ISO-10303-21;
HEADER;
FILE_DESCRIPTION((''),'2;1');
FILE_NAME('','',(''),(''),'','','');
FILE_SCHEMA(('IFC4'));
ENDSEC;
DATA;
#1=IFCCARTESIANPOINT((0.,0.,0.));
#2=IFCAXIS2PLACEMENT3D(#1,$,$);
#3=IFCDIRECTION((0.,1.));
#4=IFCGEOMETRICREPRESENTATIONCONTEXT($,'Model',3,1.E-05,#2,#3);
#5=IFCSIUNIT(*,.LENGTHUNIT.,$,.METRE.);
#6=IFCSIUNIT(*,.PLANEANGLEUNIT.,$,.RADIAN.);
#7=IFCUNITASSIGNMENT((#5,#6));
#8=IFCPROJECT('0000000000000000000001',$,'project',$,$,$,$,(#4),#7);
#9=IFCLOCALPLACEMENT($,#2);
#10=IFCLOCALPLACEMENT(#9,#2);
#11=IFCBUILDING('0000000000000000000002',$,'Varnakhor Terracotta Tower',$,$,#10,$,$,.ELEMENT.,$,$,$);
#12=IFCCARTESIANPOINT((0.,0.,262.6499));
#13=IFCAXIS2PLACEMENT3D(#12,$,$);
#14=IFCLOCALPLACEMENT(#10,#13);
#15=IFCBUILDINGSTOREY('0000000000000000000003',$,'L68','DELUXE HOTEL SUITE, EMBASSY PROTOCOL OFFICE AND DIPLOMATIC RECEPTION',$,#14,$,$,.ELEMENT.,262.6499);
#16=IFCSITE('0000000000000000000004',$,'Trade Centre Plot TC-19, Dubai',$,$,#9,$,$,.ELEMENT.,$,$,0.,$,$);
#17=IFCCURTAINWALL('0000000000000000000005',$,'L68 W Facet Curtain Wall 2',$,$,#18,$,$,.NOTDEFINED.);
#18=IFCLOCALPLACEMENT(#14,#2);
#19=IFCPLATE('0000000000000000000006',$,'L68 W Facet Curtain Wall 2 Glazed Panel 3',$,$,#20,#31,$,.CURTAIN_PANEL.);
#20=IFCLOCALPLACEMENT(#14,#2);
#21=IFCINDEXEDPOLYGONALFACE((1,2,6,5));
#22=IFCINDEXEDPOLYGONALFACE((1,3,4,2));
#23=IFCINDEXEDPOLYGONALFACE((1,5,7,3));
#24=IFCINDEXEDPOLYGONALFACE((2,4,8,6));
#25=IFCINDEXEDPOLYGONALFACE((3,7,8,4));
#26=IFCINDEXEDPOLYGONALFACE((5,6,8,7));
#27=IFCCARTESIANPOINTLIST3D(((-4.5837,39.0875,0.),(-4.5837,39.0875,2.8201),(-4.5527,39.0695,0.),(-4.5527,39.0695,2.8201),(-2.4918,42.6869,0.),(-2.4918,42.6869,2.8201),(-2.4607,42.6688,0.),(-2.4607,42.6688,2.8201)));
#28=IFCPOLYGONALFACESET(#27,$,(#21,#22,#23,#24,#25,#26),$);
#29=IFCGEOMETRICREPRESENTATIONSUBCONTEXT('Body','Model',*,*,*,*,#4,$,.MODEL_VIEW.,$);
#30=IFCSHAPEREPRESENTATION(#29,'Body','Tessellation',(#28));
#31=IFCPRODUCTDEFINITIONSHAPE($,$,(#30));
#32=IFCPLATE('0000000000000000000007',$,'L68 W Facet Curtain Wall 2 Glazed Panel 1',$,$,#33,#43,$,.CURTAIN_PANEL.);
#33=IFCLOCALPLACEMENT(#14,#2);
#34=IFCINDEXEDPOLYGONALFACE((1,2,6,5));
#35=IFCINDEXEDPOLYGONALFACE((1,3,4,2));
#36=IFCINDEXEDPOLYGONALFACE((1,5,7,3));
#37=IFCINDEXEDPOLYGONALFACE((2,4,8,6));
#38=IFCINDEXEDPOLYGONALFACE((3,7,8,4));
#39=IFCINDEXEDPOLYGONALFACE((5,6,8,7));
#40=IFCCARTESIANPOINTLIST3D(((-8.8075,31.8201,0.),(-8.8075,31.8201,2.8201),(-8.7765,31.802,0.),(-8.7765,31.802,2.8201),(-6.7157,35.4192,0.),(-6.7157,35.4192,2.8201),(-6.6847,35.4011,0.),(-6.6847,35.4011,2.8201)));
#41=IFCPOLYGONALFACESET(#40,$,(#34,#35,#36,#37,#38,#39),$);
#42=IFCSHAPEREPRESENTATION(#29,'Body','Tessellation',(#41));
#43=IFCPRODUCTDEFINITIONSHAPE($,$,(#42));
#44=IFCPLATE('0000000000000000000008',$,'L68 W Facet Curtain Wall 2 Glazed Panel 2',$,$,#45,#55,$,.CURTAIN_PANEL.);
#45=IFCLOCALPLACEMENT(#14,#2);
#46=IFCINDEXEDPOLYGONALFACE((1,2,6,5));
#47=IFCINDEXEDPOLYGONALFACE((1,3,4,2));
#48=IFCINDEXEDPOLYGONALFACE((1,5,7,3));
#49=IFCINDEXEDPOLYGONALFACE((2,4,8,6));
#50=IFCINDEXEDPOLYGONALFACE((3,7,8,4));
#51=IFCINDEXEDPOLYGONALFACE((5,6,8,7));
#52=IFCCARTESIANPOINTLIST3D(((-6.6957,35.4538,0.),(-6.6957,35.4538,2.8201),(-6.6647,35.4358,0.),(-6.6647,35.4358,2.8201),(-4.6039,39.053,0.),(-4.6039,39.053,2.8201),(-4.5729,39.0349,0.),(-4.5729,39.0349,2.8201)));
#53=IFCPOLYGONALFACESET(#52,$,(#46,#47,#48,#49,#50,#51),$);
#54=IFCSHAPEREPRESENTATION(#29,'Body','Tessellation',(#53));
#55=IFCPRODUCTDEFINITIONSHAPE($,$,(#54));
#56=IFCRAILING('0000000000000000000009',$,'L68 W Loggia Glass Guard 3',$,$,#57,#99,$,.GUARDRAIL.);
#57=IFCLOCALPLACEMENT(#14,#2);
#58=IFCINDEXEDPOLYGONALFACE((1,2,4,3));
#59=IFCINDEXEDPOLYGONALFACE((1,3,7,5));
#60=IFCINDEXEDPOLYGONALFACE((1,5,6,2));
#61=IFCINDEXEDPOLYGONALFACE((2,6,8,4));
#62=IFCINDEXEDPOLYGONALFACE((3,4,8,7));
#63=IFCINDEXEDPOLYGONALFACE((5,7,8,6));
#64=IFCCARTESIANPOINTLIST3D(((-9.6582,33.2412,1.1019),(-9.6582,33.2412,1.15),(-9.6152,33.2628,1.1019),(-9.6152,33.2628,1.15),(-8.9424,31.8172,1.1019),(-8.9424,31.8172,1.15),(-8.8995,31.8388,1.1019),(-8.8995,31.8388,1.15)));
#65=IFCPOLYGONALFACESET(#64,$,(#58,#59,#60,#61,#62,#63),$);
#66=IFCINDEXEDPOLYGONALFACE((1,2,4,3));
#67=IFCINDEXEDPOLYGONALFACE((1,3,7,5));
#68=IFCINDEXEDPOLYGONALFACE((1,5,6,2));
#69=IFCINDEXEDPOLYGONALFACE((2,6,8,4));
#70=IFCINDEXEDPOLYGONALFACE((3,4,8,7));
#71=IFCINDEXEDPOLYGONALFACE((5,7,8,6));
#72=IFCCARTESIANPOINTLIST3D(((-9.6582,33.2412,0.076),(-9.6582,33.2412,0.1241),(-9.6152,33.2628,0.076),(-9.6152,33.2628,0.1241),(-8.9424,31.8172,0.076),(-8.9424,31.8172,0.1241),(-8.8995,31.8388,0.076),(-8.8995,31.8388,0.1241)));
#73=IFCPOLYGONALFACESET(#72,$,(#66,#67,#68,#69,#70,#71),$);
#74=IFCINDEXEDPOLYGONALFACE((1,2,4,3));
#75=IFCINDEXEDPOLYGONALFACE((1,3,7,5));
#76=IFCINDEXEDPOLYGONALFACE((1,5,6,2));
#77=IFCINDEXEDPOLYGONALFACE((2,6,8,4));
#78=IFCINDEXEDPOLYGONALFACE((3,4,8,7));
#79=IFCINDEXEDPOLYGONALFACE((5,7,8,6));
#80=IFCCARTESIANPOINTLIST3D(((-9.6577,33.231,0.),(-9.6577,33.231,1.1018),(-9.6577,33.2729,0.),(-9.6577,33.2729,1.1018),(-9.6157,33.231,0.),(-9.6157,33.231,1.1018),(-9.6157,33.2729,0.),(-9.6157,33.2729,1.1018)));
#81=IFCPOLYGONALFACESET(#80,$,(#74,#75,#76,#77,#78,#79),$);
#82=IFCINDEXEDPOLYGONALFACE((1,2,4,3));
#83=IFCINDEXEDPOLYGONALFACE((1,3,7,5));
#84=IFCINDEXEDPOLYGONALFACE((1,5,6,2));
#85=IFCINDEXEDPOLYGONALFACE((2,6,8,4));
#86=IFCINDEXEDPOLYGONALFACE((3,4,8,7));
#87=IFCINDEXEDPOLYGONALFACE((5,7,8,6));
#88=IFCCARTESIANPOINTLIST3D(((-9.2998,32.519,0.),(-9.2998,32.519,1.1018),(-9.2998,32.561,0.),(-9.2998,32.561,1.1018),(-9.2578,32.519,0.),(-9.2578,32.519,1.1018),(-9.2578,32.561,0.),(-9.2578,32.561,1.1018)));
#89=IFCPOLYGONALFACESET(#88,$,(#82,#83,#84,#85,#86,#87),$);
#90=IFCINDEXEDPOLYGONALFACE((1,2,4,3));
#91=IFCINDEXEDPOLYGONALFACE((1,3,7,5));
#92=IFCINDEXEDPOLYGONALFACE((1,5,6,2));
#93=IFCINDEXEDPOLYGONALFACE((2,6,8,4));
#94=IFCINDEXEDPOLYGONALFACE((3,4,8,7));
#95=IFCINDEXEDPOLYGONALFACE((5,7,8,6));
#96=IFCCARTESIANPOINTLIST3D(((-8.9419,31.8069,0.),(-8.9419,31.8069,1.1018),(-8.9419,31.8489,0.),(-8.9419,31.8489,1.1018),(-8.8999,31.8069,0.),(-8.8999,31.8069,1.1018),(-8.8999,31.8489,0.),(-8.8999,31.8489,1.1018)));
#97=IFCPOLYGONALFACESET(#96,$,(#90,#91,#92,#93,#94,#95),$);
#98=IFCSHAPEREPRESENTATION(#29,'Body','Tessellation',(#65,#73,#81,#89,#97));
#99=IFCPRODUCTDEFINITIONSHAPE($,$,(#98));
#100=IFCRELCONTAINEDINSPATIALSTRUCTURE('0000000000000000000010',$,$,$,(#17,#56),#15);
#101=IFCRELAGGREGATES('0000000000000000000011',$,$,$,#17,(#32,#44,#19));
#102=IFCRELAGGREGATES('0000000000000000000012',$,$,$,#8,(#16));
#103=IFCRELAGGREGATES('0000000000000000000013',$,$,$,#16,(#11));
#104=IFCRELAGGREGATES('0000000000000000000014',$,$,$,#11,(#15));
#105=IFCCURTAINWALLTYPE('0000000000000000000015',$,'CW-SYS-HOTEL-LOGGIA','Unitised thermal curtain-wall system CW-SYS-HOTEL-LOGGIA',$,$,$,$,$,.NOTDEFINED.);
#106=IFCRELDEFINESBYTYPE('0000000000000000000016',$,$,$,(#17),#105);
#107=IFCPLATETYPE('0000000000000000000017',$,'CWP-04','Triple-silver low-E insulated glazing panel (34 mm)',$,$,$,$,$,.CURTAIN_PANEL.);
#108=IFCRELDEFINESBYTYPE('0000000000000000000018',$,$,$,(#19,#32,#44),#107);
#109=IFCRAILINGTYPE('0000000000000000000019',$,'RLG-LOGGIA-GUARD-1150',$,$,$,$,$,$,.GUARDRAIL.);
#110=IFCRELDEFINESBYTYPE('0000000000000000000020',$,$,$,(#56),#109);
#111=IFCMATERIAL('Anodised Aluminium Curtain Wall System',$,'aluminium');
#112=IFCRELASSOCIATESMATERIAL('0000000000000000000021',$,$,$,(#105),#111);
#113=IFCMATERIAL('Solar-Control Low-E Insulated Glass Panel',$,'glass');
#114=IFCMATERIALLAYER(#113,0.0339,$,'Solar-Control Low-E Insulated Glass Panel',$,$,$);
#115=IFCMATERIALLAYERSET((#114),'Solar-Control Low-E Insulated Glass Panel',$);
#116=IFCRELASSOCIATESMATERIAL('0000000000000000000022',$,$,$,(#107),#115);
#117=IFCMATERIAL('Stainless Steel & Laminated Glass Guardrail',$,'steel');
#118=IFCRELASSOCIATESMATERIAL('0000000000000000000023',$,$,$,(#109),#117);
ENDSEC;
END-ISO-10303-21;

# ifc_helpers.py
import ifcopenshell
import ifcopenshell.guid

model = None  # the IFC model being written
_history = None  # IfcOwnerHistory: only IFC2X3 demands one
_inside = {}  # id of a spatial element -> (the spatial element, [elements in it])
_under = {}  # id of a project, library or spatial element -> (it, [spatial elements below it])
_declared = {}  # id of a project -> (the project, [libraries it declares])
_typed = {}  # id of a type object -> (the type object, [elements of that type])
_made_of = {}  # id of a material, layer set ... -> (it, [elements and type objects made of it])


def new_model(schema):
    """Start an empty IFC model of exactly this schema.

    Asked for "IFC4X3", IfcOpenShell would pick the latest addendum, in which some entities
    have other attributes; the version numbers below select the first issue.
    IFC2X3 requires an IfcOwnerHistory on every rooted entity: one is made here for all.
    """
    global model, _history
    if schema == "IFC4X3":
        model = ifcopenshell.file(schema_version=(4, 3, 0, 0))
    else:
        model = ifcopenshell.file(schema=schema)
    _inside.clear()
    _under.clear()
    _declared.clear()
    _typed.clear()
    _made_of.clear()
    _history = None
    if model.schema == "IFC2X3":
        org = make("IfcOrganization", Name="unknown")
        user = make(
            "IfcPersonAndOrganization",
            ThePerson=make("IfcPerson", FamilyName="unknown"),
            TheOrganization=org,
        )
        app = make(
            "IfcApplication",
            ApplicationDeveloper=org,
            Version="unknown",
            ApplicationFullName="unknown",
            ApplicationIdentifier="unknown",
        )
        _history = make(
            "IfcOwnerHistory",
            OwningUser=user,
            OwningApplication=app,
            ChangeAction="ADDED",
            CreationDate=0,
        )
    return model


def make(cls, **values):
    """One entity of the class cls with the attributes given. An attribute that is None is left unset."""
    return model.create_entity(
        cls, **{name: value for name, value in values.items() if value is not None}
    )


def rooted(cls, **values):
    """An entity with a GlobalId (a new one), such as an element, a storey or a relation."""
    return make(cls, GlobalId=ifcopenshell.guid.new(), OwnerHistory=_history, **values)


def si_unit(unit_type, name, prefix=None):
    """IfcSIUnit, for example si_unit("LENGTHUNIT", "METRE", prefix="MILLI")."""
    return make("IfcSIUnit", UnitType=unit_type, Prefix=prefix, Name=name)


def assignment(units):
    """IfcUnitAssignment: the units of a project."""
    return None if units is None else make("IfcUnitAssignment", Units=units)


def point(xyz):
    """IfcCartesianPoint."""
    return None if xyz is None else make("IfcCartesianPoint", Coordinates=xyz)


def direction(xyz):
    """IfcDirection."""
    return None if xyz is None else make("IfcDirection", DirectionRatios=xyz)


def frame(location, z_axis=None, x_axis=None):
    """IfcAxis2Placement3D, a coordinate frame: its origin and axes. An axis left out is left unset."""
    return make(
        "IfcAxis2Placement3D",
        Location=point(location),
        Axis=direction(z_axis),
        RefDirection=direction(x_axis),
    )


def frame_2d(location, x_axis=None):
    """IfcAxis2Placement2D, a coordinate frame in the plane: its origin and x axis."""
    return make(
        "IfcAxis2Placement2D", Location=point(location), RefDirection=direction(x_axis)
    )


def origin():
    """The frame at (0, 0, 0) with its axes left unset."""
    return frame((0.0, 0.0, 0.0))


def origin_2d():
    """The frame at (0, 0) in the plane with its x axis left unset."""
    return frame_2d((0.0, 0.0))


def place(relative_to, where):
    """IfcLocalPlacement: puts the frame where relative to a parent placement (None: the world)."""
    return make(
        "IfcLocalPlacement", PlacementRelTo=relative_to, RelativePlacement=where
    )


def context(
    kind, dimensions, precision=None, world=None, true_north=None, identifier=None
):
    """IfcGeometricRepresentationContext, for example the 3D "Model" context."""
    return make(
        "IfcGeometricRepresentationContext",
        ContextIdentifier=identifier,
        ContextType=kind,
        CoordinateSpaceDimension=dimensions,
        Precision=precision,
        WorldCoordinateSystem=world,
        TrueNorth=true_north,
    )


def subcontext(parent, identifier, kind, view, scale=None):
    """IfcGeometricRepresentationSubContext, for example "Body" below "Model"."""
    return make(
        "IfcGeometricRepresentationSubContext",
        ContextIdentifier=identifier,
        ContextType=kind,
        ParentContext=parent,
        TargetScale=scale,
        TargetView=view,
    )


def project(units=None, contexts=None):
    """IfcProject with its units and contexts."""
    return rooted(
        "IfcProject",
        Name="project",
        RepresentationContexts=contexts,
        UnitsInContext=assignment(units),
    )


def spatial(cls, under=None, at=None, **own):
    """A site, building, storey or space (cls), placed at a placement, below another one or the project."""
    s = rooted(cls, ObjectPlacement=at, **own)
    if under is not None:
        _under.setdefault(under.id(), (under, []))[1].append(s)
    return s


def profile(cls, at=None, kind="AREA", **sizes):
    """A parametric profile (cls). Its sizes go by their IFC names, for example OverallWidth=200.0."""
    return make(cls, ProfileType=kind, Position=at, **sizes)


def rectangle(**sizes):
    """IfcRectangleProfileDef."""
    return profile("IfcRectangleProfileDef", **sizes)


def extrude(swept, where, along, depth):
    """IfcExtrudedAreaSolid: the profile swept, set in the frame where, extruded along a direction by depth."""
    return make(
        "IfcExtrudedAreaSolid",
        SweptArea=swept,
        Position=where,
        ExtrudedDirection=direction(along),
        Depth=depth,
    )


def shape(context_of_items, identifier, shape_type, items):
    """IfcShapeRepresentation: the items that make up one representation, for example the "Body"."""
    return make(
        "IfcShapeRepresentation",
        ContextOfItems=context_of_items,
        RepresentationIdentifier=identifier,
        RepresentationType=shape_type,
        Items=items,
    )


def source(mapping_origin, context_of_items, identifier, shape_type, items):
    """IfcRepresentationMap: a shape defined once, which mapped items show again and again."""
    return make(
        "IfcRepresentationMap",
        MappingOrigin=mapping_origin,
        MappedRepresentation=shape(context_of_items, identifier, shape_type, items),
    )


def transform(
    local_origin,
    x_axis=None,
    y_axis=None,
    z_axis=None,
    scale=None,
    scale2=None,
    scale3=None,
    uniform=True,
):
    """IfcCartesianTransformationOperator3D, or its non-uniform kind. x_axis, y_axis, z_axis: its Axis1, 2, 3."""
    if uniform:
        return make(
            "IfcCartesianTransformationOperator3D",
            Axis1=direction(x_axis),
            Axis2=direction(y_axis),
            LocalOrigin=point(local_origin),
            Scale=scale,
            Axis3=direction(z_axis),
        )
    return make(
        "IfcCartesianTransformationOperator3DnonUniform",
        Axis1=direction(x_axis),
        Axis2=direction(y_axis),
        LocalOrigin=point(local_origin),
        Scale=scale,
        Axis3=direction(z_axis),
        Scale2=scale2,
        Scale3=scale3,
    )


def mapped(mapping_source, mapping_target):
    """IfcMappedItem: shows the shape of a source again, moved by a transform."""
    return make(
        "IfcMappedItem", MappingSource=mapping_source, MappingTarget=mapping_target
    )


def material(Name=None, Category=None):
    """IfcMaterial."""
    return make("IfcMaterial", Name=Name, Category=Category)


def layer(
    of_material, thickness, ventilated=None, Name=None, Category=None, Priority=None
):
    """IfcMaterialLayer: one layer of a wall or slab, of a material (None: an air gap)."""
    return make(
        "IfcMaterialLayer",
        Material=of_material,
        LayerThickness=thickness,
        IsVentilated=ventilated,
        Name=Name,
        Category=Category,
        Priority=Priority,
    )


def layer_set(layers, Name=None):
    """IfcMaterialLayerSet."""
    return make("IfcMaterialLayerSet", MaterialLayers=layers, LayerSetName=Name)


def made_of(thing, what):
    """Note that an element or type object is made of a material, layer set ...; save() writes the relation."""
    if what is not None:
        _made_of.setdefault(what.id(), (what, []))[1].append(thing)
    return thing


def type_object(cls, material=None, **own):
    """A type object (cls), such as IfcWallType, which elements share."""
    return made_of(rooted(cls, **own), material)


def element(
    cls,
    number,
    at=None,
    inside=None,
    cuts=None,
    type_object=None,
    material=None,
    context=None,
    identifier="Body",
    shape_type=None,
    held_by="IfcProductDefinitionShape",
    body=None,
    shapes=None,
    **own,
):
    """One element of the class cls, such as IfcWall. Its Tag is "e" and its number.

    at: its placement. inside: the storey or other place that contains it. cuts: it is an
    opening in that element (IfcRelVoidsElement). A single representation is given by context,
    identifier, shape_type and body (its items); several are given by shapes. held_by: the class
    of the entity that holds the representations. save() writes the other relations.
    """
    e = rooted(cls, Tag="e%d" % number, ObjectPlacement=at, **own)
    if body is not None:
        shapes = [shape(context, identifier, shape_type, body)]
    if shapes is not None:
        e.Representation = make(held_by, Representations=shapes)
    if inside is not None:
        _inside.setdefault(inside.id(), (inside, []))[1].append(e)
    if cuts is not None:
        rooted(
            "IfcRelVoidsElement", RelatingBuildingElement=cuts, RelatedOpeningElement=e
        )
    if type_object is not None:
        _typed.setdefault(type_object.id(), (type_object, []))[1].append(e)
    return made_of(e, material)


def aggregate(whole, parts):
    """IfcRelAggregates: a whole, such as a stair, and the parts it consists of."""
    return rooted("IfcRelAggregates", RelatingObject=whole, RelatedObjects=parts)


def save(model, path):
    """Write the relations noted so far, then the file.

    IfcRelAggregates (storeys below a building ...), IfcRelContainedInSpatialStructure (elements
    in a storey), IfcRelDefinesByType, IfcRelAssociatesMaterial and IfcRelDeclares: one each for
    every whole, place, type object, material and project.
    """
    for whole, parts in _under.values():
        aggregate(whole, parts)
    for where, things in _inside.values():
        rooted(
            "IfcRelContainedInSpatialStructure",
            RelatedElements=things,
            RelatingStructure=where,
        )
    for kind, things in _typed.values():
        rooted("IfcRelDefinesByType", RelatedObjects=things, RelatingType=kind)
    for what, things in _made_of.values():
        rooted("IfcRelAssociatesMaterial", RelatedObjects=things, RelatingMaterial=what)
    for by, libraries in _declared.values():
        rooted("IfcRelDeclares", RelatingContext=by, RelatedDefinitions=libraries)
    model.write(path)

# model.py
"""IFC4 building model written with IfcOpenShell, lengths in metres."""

from ifc_helpers import new_model, si_unit, direction, frame, origin, origin_2d, place, context, subcontext, project, spatial, rectangle, extrude, source, transform, mapped, material, layer, layer_set, type_object, element, aggregate, save


model = new_model("IFC4")

# Units and contexts
model_context = context("Model", 3, precision=1e-05, world=origin(), true_north=direction((0.0, 1.0)))
body_context = subcontext(model_context, "Body", "Model", "MODEL_VIEW")
ifc_project = project(units=[si_unit("LENGTHUNIT", "METRE"), si_unit("PLANEANGLEUNIT", "RADIAN")], contexts=[model_context])

# Site, building, storey
site_placement = place(None, origin())
site = spatial("IfcSite", under=ifc_project, at=site_placement, Name="Trade Centre Plot TC-19, Dubai", CompositionType="ELEMENT", RefElevation=0.0)
building_placement = place(site_placement, origin())
building = spatial("IfcBuilding", under=site, at=building_placement, Name="Varnakhor Terracotta Tower", CompositionType="ELEMENT")
storey_placement = place(building_placement, frame((0.0, 0.0, 262.6499)))
storey = spatial("IfcBuildingStorey", under=building, at=storey_placement, Name="L68", Description="DELUXE HOTEL SUITE, EMBASSY PROTOCOL OFFICE AND DIPLOMATIC RECEPTION", CompositionType="ELEMENT", Elevation=262.6499)

# Curtain wall
ifc_material_1 = material(Name="Anodised Aluminium Curtain Wall System", Category="aluminium")
curtain_wall_type = type_object("IfcCurtainWallType", Name="CW-SYS-HOTEL-LOGGIA", Description="Unitised thermal curtain-wall system CW-SYS-HOTEL-LOGGIA", PredefinedType="NOTDEFINED", material=ifc_material_1)
curtain_wall_placement = place(storey_placement, origin())
curtain_wall = element("IfcCurtainWall", 1, at=curtain_wall_placement, inside=storey, type_object=curtain_wall_type, Name="L68 W Facet Curtain Wall 2", PredefinedType="NOTDEFINED")

# Plates
ifc_material_2 = material(Name="Solar-Control Low-E Insulated Glass Panel", Category="glass")
ifc_layer = layer(ifc_material_2, 0.0339, Name="Solar-Control Low-E Insulated Glass Panel")
ifc_layer_set = layer_set([ifc_layer], Name="Solar-Control Low-E Insulated Glass Panel")
plate_type = type_object("IfcPlateType", Name="CWP-04", Description="Triple-silver low-E insulated glazing panel (34 mm)", PredefinedType="CURTAIN_PANEL", material=ifc_layer_set)
shared_shape_1 = source(origin(), body_context, "Body", "SweptSolid", [
    extrude(rectangle(XDim=4.1631, YDim=0.0359, at=origin_2d()), origin(), (0.0, 0.0, 1.0), 2.8201),
])
plate_1_placement = place(storey_placement, frame((-3.5222, 40.8782, 0.0), z_axis=(0.0, 0.0, 1.0), x_axis=(0.502492, 0.864582, 0.0)))
plate_1 = element("IfcPlate", 2, at=plate_1_placement, type_object=plate_type, Name="L68 W Facet Curtain Wall 2 Glazed Panel 3", PredefinedType="CURTAIN_PANEL", context=body_context, shape_type="MappedRepresentation", body=[
    mapped(shared_shape_1, transform((0.0, 0.0, 0.0), scale=1.0)),
])
shared_shape_2 = source(origin(), body_context, "Body", "SweptSolid", [
    extrude(rectangle(XDim=4.1628, YDim=0.0359, at=origin_2d()), origin(), (0.0, 0.0, 1.0), 2.8201),
])
plate_2_placement = place(storey_placement, frame((-7.7461, 33.6106, 0.0), z_axis=(0.0, 0.0, 1.0), x_axis=(0.502492, 0.864582, 0.0)))
plate_2 = element("IfcPlate", 3, at=plate_2_placement, type_object=plate_type, Name="L68 W Facet Curtain Wall 2 Glazed Panel 1", PredefinedType="CURTAIN_PANEL", context=body_context, shape_type="MappedRepresentation", body=[
    mapped(shared_shape_2, transform((0.0, 0.0, 0.0), scale=1.0)),
])
plate_3_placement = place(storey_placement, frame((-5.6343, 37.2444, 0.0), z_axis=(0.0, 0.0, 1.0), x_axis=(0.502492, 0.864582, 0.0)))
plate_3 = element("IfcPlate", 4, at=plate_3_placement, type_object=plate_type, Name="L68 W Facet Curtain Wall 2 Glazed Panel 2", PredefinedType="CURTAIN_PANEL", context=body_context, shape_type="MappedRepresentation", body=[
    mapped(shared_shape_2, transform((0.0, 0.0, 0.0), scale=1.0)),
])
aggregate(curtain_wall, [plate_2, plate_3, plate_1])

# Railing
ifc_material_3 = material(Name="Stainless Steel & Laminated Glass Guardrail", Category="steel")
railing_type = type_object("IfcRailingType", Name="RLG-LOGGIA-GUARD-1150", PredefinedType="GUARDRAIL", material=ifc_material_3)
railing_placement = place(storey_placement, frame((-9.6367, 33.252, 0.0)))
element("IfcRailing", 5, at=railing_placement, inside=storey, type_object=railing_type, Name="L68 W Loggia Glass Guard 3", PredefinedType="GUARDRAIL", context=body_context, shape_type="SweptSolid", body=[
    extrude(rectangle(XDim=0.0481, YDim=0.0481, at=origin_2d()), frame((0.0, 0.0, 1.126), z_axis=(0.449112, -0.893475, 0.0), x_axis=(0.893475, 0.449112, 0.0)), (0.0, 0.0, 1.0), 1.5938),
    extrude(rectangle(XDim=0.0481, YDim=0.0481, at=origin_2d()), frame((0.0, 0.0, 0.1001), z_axis=(0.449112, -0.893475, 0.0), x_axis=(0.893475, 0.449112, 0.0)), (0.0, 0.0, 1.0), 1.5938),
    extrude(rectangle(XDim=0.042, YDim=0.042, at=origin_2d()), origin(), (0.0, 0.0, 1.0), 1.1018),
    extrude(rectangle(XDim=0.042, YDim=0.042, at=origin_2d()), frame((0.3579, -0.7119, 0.0)), (0.0, 0.0, 1.0), 1.1018),
    extrude(rectangle(XDim=0.042, YDim=0.042, at=origin_2d()), frame((0.7158, -1.4241, 0.0)), (0.0, 0.0, 1.0), 1.1018),
])

save(model, "model.ifc")
